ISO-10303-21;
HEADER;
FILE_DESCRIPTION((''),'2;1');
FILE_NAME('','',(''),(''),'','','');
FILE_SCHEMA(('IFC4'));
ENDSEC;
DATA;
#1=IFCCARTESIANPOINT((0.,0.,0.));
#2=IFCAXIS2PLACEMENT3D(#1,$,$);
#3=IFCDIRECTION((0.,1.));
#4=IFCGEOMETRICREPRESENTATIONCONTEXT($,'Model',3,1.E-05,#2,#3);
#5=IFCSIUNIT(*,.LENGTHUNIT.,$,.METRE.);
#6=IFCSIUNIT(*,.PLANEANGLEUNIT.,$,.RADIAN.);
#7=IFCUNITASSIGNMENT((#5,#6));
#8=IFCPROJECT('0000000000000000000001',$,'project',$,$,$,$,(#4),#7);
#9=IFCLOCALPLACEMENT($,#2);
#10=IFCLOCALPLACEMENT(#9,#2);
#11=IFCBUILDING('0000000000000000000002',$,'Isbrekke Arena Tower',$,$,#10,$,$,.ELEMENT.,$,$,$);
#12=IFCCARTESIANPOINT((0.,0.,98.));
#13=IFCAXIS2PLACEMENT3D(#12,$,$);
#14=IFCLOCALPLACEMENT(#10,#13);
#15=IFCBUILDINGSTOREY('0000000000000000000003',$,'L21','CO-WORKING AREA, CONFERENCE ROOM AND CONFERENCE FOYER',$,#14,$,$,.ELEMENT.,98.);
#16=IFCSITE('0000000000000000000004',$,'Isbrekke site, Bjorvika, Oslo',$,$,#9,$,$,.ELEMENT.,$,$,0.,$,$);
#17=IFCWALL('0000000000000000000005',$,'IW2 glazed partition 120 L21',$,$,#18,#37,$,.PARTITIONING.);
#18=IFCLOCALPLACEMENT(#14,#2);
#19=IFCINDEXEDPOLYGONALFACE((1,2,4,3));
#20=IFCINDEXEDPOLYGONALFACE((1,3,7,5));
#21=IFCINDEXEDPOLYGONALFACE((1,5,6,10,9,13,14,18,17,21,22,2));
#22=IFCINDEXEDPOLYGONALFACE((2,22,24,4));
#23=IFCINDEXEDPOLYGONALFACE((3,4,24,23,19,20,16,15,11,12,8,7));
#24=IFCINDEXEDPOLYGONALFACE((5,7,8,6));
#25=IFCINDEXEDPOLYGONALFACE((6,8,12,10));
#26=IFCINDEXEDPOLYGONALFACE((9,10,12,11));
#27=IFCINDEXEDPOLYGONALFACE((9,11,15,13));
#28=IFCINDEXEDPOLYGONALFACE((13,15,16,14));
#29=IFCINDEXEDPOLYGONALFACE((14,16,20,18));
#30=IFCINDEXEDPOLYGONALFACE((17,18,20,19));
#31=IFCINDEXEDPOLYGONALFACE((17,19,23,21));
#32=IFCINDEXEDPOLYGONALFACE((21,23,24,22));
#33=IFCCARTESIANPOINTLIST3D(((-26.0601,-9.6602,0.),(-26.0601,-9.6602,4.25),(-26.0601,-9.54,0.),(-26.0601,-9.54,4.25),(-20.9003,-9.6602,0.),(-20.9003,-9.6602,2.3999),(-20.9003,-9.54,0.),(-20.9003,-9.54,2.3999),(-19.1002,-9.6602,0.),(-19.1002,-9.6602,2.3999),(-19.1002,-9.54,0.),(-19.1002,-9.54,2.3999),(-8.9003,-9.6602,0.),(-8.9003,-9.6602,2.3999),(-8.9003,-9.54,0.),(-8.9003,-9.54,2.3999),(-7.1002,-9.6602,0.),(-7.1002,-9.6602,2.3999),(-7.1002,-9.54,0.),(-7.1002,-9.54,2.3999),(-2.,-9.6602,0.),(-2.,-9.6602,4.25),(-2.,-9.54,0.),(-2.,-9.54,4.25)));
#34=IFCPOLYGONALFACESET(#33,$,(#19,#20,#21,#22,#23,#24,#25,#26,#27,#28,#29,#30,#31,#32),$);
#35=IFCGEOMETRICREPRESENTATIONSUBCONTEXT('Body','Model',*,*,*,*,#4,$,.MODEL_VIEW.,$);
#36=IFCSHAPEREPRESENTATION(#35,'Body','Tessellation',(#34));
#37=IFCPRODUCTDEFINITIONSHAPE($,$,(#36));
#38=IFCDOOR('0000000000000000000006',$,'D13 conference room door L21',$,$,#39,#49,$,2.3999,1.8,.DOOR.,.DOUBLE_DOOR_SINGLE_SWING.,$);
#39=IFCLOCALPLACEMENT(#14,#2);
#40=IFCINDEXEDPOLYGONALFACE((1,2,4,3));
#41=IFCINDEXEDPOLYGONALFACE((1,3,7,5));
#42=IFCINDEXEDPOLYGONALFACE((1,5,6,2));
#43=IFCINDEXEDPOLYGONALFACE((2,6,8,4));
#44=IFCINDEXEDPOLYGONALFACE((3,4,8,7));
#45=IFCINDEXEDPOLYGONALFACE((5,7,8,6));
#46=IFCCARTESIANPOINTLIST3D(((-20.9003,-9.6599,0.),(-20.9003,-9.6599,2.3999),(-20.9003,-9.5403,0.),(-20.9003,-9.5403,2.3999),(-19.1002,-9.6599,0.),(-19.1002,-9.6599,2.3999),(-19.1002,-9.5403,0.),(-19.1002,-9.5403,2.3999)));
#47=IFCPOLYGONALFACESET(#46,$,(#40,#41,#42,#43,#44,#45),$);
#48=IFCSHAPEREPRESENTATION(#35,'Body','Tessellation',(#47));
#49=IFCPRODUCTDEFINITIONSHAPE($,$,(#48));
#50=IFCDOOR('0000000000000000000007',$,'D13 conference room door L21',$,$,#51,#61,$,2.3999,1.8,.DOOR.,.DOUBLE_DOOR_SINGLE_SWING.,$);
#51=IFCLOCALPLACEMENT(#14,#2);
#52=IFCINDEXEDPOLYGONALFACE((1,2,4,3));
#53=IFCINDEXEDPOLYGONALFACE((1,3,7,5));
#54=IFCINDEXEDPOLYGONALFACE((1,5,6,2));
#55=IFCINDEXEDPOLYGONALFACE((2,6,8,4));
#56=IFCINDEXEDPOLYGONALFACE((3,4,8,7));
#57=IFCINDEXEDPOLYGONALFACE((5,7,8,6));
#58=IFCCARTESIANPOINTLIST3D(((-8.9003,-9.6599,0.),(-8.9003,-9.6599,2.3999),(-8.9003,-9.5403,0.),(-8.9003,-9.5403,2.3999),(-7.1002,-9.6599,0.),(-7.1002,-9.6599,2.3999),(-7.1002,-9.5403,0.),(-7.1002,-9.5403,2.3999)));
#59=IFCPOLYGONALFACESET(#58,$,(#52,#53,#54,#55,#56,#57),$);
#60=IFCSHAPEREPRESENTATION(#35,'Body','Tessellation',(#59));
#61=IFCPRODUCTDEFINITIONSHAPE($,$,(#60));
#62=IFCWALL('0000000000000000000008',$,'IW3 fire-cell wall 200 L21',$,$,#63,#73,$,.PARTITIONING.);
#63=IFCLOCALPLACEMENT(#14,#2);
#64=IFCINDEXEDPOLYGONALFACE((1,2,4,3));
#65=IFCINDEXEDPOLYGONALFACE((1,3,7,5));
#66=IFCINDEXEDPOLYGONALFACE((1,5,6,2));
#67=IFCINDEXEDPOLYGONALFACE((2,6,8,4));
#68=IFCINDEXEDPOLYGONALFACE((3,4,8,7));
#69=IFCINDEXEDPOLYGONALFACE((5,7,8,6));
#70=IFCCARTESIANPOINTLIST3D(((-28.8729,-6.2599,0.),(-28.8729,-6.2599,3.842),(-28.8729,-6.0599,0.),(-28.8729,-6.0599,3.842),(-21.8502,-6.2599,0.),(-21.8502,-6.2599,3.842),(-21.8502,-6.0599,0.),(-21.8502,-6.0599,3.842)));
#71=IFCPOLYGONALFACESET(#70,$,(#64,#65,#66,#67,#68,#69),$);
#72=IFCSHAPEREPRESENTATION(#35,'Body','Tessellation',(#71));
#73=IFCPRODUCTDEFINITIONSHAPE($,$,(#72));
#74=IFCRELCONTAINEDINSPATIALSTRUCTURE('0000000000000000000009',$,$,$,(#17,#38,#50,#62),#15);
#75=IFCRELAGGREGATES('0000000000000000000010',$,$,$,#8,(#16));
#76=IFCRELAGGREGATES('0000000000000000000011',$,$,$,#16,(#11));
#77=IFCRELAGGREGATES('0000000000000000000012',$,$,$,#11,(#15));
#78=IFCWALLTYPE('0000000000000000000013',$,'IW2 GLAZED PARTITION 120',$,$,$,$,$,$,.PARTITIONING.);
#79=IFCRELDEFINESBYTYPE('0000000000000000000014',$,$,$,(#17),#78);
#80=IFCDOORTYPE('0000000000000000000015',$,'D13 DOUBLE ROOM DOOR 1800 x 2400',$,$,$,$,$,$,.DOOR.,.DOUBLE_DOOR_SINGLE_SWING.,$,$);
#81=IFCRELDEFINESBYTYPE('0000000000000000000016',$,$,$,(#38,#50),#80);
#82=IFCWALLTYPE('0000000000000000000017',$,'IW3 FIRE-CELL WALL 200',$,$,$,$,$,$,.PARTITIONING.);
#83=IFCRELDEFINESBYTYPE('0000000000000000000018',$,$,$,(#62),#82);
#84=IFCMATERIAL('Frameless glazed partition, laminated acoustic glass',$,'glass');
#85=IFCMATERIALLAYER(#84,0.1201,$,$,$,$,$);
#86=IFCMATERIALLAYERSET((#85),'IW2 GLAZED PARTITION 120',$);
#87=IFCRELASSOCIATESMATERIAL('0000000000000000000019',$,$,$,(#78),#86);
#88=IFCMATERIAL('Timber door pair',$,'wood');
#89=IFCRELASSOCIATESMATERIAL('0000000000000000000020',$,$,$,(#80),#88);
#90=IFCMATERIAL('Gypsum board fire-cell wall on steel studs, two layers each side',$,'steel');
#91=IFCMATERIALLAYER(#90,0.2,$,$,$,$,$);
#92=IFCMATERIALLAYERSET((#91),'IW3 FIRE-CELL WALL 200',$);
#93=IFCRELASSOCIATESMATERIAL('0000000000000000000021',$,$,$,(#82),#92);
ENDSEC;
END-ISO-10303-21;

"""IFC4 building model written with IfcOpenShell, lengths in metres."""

from ifc_helpers import new_model, si_unit, direction, frame, frame_2d, origin, place, context, subcontext, project, spatial, rectangle, extrude, material, layer, layer_set, type_object, element, fill, save


model = new_model("IFC4")

# Units and contexts
model_context = context("Model", 3, precision=1e-05, world=origin(), true_north=direction((0.0, 1.0)))
body_context = subcontext(model_context, "Body", "Model", "MODEL_VIEW")
ifc_project = project(units=[si_unit("LENGTHUNIT", "METRE"), si_unit("PLANEANGLEUNIT", "RADIAN")], contexts=[model_context])

# Site, building, storey
site_placement = place(None, origin())
site = spatial("IfcSite", under=ifc_project, at=site_placement, Name="Isbrekke site, Bjorvika, Oslo", CompositionType="ELEMENT", RefElevation=0.0)
building_placement = place(site_placement, origin())
building = spatial("IfcBuilding", under=site, at=building_placement, Name="Isbrekke Arena Tower", CompositionType="ELEMENT")
storey_placement = place(building_placement, frame((0.0, 0.0, 98.0)))
storey = spatial("IfcBuildingStorey", under=building, at=storey_placement, Name="L21", Description="CO-WORKING AREA, CONFERENCE ROOM AND CONFERENCE FOYER", CompositionType="ELEMENT", Elevation=98.0)

# Wall, openings, doors
ifc_material_1 = material(Name="Frameless glazed partition, laminated acoustic glass", Category="glass")
ifc_layer_1 = layer(ifc_material_1, 0.1201)
ifc_layer_set_1 = layer_set([ifc_layer_1], Name="IW2 GLAZED PARTITION 120")
wall_type_1 = type_object("IfcWallType", Name="IW2 GLAZED PARTITION 120", PredefinedType="PARTITIONING", material=ifc_layer_set_1)
wall_1_placement = place(storey_placement, frame((-26.0601, -9.6001, 0.0), z_axis=(0.0, 0.0, 1.0), x_axis=(1.0, 0.0, 0.0)))
wall_1 = element("IfcWall", 1, at=wall_1_placement, inside=storey, type_object=wall_type_1, Name="IW2 glazed partition 120 L21", PredefinedType="PARTITIONING", context=body_context, shape_type="SweptSolid", body=[
    extrude(rectangle(XDim=24.0601, YDim=0.1201, at=frame_2d((12.03, 0.0))), origin(), (0.0, 0.0, 1.0), 4.25),
])
opening_1_placement = place(wall_1_placement, frame((5.1599, 0.0, 0.0)))
opening_1 = element("IfcOpeningElement", 2, at=opening_1_placement, cuts=wall_1, PredefinedType="OPENING", context=body_context, shape_type="SweptSolid", body=[
    extrude(rectangle(XDim=1.8, YDim=2.3999, at=frame_2d((0.8999, 1.2))), frame((0.0, 0.075, 0.0), z_axis=(0.0, -1.0, 0.0), x_axis=(1.0, 0.0, 0.0)), (0.0, 0.0, 1.0), 0.1499),
])
opening_2_placement = place(wall_1_placement, frame((17.1599, 0.0, 0.0)))
opening_2 = element("IfcOpeningElement", 3, at=opening_2_placement, cuts=wall_1, PredefinedType="OPENING", context=body_context, shape_type="SweptSolid", body=[
    extrude(rectangle(XDim=1.8, YDim=2.3999, at=frame_2d((0.8999, 1.2))), frame((0.0, 0.075, 0.0), z_axis=(0.0, -1.0, 0.0), x_axis=(1.0, 0.0, 0.0)), (0.0, 0.0, 1.0), 0.1499),
])
ifc_material_2 = material(Name="Timber door pair", Category="wood")
door_type = type_object("IfcDoorType", Name="D13 DOUBLE ROOM DOOR 1800 x 2400", OperationType="DOUBLE_DOOR_SINGLE_SWING", PredefinedType="DOOR", material=ifc_material_2)
door_1_placement = place(opening_1_placement, origin())
door_1 = element("IfcDoor", 4, at=door_1_placement, inside=storey, type_object=door_type, Name="D13 conference room door L21", OperationType="DOUBLE_DOOR_SINGLE_SWING", OverallHeight=2.3999, OverallWidth=1.8, PredefinedType="DOOR", context=body_context, shape_type="SweptSolid", body=[
    extrude(rectangle(XDim=1.8, YDim=2.3999, at=frame_2d((0.8999, 1.2))), frame((0.0, 0.0598, 0.0), z_axis=(0.0, -1.0, 0.0), x_axis=(1.0, 0.0, 0.0)), (0.0, 0.0, 1.0), 0.1196),
])
fill(opening_1, door_1)
door_2_placement = place(opening_2_placement, origin())
door_2 = element("IfcDoor", 5, at=door_2_placement, inside=storey, type_object=door_type, Name="D13 conference room door L21", OperationType="DOUBLE_DOOR_SINGLE_SWING", OverallHeight=2.3999, OverallWidth=1.8, PredefinedType="DOOR", context=body_context, shape_type="SweptSolid", body=[
    extrude(rectangle(XDim=1.8, YDim=2.3999, at=frame_2d((0.8999, 1.2))), frame((0.0, 0.0598, 0.0), z_axis=(0.0, -1.0, 0.0), x_axis=(1.0, 0.0, 0.0)), (0.0, 0.0, 1.0), 0.1196),
])
fill(opening_2, door_2)

# Wall
ifc_material_3 = material(Name="Gypsum board fire-cell wall on steel studs, two layers each side", Category="steel")
ifc_layer_2 = layer(ifc_material_3, 0.2)
ifc_layer_set_2 = layer_set([ifc_layer_2], Name="IW3 FIRE-CELL WALL 200")
wall_type_2 = type_object("IfcWallType", Name="IW3 FIRE-CELL WALL 200", PredefinedType="PARTITIONING", material=ifc_layer_set_2)
wall_2_placement = place(storey_placement, frame((-28.8728, -6.1599, 0.0), z_axis=(0.0, 0.0, 1.0), x_axis=(1.0, 0.0, 0.0)))
element("IfcWall", 6, at=wall_2_placement, inside=storey, type_object=wall_type_2, Name="IW3 fire-cell wall 200 L21", PredefinedType="PARTITIONING", context=body_context, shape_type="SweptSolid", body=[
    extrude(rectangle(XDim=7.0227, YDim=0.2, at=frame_2d((3.5112, 0.0))), origin(), (0.0, 0.0, 1.0), 3.842),
])

save(model, "model.ifc")
